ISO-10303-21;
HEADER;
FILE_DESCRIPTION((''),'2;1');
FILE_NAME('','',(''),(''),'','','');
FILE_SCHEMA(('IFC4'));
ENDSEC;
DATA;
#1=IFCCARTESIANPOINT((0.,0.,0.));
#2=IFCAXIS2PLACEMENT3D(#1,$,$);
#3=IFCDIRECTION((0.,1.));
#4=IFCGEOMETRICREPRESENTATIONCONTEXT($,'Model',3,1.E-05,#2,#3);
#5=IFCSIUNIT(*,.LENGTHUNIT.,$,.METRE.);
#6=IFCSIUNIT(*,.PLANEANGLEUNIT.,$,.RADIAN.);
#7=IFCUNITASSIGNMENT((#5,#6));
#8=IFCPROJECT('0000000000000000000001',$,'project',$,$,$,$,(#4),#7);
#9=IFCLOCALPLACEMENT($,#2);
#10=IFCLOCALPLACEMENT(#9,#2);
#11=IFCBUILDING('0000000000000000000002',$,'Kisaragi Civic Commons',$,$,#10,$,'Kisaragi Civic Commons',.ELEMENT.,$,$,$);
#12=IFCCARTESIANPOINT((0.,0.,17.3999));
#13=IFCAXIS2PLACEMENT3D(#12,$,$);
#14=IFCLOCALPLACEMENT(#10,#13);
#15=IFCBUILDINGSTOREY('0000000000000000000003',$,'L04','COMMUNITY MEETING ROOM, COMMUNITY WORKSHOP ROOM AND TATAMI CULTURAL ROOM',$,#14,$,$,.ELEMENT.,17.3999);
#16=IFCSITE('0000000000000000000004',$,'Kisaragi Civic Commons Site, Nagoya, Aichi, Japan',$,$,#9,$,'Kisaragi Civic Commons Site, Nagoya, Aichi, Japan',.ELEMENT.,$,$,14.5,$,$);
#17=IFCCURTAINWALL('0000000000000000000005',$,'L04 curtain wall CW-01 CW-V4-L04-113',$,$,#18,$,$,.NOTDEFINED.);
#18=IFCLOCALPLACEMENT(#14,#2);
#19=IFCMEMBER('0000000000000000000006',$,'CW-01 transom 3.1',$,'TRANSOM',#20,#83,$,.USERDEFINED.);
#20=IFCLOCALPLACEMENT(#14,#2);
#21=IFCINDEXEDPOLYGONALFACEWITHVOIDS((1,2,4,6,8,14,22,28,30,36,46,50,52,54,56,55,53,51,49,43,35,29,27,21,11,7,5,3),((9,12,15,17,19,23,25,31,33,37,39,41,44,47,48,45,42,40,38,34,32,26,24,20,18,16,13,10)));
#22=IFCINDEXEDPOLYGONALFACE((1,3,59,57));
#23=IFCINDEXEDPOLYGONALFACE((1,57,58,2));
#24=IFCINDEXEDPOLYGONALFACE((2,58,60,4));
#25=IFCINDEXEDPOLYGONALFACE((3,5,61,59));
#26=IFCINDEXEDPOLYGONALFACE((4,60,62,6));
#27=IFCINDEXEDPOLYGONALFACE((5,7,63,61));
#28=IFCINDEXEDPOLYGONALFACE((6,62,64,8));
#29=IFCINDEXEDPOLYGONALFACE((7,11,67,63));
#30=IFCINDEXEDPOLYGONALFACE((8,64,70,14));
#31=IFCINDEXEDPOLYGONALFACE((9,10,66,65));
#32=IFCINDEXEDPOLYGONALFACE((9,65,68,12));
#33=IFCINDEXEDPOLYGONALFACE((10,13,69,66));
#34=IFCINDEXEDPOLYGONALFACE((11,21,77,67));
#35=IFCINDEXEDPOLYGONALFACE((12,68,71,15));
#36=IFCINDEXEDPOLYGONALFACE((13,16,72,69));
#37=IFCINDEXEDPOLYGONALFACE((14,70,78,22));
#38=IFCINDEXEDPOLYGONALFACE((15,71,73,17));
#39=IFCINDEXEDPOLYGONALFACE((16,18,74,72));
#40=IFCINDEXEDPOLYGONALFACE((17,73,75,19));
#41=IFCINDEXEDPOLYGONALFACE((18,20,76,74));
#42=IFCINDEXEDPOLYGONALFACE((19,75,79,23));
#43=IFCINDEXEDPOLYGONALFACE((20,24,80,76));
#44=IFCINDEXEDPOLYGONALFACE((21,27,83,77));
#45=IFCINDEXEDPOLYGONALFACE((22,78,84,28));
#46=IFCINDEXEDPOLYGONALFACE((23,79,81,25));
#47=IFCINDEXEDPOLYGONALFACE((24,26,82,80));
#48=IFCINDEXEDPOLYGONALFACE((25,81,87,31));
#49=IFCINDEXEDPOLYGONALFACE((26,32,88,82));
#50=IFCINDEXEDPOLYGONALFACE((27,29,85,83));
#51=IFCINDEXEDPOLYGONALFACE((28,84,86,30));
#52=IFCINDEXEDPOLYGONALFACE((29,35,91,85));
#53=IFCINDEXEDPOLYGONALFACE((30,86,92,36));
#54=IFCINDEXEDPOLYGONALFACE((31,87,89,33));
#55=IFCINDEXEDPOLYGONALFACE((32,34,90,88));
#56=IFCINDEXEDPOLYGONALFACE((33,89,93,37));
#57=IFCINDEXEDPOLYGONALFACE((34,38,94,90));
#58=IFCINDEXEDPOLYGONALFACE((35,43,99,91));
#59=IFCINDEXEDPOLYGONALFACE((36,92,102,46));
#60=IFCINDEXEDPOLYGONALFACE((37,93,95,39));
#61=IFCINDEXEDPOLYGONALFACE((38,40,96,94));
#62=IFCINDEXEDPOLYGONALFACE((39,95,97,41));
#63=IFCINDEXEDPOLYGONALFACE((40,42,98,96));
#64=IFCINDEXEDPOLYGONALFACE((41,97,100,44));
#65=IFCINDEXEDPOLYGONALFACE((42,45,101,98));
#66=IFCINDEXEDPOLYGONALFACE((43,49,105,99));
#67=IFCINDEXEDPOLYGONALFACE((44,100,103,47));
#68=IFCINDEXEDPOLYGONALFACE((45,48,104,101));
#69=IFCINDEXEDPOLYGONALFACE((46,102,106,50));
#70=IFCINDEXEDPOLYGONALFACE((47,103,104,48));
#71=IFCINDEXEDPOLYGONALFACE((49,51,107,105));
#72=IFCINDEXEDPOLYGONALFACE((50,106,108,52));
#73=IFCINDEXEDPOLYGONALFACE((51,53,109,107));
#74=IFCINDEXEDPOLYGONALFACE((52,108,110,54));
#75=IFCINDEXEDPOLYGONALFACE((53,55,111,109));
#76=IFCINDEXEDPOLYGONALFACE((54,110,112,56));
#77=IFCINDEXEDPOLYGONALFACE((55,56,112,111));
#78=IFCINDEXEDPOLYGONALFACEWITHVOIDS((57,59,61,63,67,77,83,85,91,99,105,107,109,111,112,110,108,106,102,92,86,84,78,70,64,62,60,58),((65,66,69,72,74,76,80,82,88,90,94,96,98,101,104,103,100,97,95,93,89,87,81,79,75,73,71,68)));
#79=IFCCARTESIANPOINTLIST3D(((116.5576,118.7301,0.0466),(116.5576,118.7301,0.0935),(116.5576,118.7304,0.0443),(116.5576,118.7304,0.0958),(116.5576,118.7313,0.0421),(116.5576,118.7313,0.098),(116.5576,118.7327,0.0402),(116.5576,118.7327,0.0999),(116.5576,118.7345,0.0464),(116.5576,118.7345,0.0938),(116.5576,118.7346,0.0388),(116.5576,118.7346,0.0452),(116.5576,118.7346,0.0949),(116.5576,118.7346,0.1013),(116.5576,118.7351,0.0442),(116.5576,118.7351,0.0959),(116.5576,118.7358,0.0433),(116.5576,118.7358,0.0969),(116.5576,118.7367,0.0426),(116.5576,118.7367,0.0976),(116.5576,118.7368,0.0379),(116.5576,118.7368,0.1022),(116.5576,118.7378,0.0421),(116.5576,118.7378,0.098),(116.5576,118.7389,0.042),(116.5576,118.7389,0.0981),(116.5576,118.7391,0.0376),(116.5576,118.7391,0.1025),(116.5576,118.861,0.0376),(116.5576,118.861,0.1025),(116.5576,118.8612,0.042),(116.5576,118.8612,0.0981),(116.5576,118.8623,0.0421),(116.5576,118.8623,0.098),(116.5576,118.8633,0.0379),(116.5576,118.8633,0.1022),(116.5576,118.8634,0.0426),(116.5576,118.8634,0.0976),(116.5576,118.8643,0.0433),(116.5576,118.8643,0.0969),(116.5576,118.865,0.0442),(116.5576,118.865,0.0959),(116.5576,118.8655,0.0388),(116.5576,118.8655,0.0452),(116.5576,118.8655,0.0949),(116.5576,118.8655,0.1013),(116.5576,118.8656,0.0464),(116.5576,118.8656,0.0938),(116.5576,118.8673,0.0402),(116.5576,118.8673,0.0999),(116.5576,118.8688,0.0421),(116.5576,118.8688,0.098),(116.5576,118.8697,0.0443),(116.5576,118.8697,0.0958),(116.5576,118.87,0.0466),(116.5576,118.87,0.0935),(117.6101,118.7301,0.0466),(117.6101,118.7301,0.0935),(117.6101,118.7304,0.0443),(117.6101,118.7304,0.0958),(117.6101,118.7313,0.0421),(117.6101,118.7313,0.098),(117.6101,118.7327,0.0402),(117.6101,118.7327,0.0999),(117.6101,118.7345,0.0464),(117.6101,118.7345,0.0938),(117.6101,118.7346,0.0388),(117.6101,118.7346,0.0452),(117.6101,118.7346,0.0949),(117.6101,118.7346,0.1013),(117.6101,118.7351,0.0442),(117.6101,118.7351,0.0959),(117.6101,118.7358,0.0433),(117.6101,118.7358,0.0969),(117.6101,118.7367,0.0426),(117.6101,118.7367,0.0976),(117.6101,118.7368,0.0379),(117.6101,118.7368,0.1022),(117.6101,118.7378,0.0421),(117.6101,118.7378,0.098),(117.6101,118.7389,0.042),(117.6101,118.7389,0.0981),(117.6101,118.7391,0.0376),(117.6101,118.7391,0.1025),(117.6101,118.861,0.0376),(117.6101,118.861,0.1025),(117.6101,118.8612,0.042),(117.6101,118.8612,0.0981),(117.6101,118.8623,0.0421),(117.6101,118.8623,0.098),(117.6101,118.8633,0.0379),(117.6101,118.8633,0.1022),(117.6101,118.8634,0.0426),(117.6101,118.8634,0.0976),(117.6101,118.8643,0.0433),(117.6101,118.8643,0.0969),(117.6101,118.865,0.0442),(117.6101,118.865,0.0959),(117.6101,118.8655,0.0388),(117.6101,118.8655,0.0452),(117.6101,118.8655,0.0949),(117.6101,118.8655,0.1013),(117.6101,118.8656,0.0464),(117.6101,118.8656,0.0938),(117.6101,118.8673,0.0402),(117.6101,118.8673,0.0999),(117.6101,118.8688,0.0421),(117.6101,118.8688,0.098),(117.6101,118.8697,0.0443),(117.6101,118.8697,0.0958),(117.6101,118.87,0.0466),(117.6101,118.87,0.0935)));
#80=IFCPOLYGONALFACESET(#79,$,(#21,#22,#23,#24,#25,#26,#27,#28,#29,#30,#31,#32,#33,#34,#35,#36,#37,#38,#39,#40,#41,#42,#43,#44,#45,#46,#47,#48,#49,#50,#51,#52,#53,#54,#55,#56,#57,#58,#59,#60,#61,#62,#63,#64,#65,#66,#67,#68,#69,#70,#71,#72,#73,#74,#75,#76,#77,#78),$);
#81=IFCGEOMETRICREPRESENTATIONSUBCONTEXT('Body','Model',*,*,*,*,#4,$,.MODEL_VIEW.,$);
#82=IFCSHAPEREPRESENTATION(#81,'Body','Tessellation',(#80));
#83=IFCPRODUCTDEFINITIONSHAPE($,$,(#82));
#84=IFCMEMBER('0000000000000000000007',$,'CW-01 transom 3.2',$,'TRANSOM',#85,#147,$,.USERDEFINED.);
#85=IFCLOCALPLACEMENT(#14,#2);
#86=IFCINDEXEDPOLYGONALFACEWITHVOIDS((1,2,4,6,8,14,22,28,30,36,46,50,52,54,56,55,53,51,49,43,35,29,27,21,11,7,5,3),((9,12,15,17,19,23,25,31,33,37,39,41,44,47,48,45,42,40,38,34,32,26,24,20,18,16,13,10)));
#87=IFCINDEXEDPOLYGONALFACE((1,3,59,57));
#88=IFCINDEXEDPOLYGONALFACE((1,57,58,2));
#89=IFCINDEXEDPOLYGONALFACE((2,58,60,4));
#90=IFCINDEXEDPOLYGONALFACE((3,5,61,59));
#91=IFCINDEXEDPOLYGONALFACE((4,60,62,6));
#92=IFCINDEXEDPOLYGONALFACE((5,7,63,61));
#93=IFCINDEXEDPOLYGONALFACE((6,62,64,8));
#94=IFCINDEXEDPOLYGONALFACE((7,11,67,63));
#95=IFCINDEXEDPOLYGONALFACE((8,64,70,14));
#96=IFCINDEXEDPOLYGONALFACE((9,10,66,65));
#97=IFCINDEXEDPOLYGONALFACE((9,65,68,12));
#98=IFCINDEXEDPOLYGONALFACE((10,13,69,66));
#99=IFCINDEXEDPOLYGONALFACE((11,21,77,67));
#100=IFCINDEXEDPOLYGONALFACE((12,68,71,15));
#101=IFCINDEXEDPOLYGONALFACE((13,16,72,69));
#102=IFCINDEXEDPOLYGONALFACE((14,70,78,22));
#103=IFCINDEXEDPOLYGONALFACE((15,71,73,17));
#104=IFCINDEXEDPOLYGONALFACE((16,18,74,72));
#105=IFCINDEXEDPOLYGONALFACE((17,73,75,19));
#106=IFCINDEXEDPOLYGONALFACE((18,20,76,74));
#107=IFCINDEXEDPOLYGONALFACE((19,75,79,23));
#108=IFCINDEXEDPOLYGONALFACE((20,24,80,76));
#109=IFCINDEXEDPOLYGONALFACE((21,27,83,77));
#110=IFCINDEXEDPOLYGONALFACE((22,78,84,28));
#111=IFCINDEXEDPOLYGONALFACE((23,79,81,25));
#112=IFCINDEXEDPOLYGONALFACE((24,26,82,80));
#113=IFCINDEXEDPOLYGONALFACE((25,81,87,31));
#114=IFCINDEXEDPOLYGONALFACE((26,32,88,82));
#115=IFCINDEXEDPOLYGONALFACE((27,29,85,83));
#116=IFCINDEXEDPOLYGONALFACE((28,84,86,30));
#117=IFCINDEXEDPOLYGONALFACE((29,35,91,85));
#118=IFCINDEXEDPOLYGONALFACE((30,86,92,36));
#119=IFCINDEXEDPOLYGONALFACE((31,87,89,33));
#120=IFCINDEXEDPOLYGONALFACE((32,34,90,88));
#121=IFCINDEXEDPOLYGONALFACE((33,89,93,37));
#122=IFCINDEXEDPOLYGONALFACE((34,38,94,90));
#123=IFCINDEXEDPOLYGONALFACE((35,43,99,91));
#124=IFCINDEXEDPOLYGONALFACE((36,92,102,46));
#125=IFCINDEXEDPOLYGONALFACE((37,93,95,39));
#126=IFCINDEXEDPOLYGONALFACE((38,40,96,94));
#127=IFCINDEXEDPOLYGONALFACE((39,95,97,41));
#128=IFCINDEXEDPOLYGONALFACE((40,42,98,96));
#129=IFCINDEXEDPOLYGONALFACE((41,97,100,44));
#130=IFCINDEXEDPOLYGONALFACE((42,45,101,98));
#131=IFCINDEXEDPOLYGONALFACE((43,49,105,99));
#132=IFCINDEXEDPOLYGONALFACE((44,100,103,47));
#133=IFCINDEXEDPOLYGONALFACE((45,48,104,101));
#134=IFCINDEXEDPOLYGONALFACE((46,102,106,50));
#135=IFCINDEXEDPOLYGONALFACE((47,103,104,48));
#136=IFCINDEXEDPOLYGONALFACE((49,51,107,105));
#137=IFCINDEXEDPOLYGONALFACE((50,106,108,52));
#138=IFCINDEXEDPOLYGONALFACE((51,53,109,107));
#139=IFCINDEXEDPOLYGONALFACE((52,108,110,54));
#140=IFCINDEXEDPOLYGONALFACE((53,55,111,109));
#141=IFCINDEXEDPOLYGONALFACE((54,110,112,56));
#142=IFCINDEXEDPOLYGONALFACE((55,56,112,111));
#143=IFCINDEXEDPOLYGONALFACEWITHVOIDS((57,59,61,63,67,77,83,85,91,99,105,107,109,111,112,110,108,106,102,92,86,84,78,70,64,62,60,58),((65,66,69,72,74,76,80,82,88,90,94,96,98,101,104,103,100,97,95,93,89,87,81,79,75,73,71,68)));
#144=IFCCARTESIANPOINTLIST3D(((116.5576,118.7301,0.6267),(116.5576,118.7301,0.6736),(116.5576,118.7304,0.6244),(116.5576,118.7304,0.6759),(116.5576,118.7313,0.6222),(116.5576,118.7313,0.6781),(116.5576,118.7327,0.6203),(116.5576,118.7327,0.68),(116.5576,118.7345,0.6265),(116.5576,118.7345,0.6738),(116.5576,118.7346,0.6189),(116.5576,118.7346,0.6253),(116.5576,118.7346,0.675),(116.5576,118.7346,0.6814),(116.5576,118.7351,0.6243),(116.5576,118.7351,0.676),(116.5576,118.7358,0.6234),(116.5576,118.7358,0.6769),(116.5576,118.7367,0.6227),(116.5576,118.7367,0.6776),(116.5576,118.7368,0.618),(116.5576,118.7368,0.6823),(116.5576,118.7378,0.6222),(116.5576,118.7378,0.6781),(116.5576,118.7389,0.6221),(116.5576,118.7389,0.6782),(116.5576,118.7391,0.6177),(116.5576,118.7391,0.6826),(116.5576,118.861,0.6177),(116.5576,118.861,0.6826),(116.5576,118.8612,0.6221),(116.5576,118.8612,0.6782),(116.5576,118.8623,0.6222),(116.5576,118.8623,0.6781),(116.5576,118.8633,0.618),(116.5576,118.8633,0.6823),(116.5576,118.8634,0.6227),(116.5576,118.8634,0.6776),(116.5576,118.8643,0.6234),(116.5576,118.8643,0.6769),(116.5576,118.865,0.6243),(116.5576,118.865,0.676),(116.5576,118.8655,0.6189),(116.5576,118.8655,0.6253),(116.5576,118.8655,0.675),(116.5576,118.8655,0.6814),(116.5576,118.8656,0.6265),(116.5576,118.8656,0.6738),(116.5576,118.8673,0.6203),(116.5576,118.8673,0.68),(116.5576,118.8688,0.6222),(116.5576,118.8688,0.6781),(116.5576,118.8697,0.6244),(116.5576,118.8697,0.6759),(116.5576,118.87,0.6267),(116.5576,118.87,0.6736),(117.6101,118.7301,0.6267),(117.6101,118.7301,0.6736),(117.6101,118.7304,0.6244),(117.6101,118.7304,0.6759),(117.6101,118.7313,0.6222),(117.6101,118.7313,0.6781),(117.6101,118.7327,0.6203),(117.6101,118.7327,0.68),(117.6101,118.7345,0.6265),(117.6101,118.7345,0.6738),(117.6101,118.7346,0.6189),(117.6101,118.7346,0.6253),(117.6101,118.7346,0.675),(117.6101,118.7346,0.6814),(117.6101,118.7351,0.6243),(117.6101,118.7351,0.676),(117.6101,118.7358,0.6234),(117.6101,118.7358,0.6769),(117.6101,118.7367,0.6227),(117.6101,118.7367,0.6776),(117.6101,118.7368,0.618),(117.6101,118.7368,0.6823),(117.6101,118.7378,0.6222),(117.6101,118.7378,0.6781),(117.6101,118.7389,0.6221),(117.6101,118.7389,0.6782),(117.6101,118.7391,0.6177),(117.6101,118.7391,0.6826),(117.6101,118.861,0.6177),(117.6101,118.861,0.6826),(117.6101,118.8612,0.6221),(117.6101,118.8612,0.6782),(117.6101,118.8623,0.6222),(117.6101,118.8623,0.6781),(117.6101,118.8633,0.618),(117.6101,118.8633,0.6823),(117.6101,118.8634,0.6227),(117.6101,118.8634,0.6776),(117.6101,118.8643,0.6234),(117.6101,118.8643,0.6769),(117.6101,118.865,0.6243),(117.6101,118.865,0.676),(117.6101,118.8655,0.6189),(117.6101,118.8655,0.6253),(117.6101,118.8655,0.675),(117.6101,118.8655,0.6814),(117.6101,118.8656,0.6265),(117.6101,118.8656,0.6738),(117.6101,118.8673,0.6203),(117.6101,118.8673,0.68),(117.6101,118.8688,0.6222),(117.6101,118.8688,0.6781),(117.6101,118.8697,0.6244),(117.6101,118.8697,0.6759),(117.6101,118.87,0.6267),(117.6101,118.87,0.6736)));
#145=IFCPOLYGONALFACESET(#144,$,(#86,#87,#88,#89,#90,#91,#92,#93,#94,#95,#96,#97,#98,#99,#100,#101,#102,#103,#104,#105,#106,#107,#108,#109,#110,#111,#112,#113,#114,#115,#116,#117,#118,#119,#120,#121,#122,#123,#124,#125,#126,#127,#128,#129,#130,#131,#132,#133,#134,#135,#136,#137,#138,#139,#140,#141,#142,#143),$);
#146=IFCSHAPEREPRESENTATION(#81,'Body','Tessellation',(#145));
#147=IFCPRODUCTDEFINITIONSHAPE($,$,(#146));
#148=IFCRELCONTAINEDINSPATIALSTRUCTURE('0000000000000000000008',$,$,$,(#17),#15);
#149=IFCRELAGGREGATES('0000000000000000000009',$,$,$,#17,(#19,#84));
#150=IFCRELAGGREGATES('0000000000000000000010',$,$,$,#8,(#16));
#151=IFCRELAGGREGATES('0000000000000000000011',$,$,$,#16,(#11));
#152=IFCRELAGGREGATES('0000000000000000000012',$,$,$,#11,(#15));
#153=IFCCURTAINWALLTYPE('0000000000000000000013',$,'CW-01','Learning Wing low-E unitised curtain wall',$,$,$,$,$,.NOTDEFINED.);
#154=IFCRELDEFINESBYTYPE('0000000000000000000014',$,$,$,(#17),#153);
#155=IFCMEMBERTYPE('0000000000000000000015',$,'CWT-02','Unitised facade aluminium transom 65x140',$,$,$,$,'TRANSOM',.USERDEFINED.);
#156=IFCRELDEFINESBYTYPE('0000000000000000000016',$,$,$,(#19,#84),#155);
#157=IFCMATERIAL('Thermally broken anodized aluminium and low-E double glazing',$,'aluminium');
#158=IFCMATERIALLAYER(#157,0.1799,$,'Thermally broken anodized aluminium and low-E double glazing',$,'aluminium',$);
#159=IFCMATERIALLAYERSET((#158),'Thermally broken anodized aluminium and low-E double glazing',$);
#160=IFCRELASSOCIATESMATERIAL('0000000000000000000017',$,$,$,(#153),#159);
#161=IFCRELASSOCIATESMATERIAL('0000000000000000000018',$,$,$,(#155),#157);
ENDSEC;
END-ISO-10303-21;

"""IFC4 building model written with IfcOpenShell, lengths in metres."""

from ifc_helpers import new_model, si_unit, direction, frame, origin, origin_2d, place, context, subcontext, project, spatial, hollow_rectangle, extrude, material, layer, layer_set, material_profile, profile_set, type_object, element, aggregate, save


model = new_model("IFC4")

# Units and contexts
model_context = context("Model", 3, precision=1e-05, world=origin(), true_north=direction((0.0, 1.0)))
body_context = subcontext(model_context, "Body", "Model", "MODEL_VIEW")
ifc_project = project(units=[si_unit("LENGTHUNIT", "METRE"), si_unit("PLANEANGLEUNIT", "RADIAN")], contexts=[model_context])

# Site, building, storey
site_placement = place(None, origin())
site = spatial("IfcSite", under=ifc_project, at=site_placement, Name="Kisaragi Civic Commons Site, Nagoya, Aichi, Japan", LongName="Kisaragi Civic Commons Site, Nagoya, Aichi, Japan", CompositionType="ELEMENT", RefElevation=14.5)
building_placement = place(site_placement, origin())
building = spatial("IfcBuilding", under=site, at=building_placement, Name="Kisaragi Civic Commons", LongName="Kisaragi Civic Commons", CompositionType="ELEMENT")
storey_placement = place(building_placement, frame((0.0, 0.0, 17.3999)))
storey = spatial("IfcBuildingStorey", under=building, at=storey_placement, Name="L04", Description="COMMUNITY MEETING ROOM, COMMUNITY WORKSHOP ROOM AND TATAMI CULTURAL ROOM", CompositionType="ELEMENT", Elevation=17.3999)

# Curtain wall, members
ifc_material = material(Name="Thermally broken anodized aluminium and low-E double glazing", Category="aluminium")
ifc_layer_1 = layer(ifc_material, 0.1799, Name="Thermally broken anodized aluminium and low-E double glazing", Category="aluminium")
ifc_layer_set_1 = layer_set([ifc_layer_1], Name="Thermally broken anodized aluminium and low-E double glazing")
curtain_wall_type = type_object("IfcCurtainWallType", Name="CW-01", Description="Learning Wing low-E unitised curtain wall", PredefinedType="NOTDEFINED", material=ifc_layer_set_1)
curtain_wall_placement = place(storey_placement, origin())
curtain_wall = element("IfcCurtainWall", 1, at=curtain_wall_placement, inside=storey, type_object=curtain_wall_type, Name="L04 curtain wall CW-01 CW-V4-L04-113", PredefinedType="NOTDEFINED")
ifc_material_profile_1 = material_profile(ifc_material, hollow_rectangle(XDim=0.1399, YDim=0.0649, WallThickness=0.0044, InnerFilletRadius=0.0044, OuterFilletRadius=0.009, at=origin_2d()), Name="CWT-65x140x4.5", Category="aluminium")
ifc_profile_set_1 = profile_set([ifc_material_profile_1], Name="Thermally broken anodized aluminium and low-E double glazing")
member_type_1 = type_object("IfcMemberType", Name="CWT-02", Description="Unitised facade aluminium transom 65x140", ElementType="TRANSOM", PredefinedType="USERDEFINED", material=ifc_profile_set_1)
member_1_placement = place(storey_placement, frame((116.5576, 118.8, 0.0701), z_axis=(1.0, 0.0, 0.0), x_axis=(0.0, 1.0, 0.0)))
member_1 = element("IfcMember", 2, at=member_1_placement, type_object=member_type_1, Name="CW-01 transom 3.1", ObjectType="TRANSOM", PredefinedType="USERDEFINED", context=body_context, shape_type="SweptSolid", body=[
    extrude(hollow_rectangle(XDim=0.1399, YDim=0.0649, WallThickness=0.0044, InnerFilletRadius=0.0044, OuterFilletRadius=0.009, at=origin_2d()), origin(), (0.0, 0.0, 1.0), 1.0525),
])
member_2_placement = place(storey_placement, frame((116.5576, 118.8, 0.6501), z_axis=(1.0, 0.0, 0.0), x_axis=(0.0, 1.0, 0.0)))
member_2 = element("IfcMember", 3, at=member_2_placement, type_object=member_type_1, Name="CW-01 transom 3.2", ObjectType="TRANSOM", PredefinedType="USERDEFINED", context=body_context, shape_type="SweptSolid", body=[
    extrude(hollow_rectangle(XDim=0.1399, YDim=0.0649, WallThickness=0.0044, InnerFilletRadius=0.0044, OuterFilletRadius=0.009, at=origin_2d()), origin(), (0.0, 0.0, 1.0), 1.0525),
])
aggregate(curtain_wall, [member_1, member_2])

save(model, "model.ifc")
